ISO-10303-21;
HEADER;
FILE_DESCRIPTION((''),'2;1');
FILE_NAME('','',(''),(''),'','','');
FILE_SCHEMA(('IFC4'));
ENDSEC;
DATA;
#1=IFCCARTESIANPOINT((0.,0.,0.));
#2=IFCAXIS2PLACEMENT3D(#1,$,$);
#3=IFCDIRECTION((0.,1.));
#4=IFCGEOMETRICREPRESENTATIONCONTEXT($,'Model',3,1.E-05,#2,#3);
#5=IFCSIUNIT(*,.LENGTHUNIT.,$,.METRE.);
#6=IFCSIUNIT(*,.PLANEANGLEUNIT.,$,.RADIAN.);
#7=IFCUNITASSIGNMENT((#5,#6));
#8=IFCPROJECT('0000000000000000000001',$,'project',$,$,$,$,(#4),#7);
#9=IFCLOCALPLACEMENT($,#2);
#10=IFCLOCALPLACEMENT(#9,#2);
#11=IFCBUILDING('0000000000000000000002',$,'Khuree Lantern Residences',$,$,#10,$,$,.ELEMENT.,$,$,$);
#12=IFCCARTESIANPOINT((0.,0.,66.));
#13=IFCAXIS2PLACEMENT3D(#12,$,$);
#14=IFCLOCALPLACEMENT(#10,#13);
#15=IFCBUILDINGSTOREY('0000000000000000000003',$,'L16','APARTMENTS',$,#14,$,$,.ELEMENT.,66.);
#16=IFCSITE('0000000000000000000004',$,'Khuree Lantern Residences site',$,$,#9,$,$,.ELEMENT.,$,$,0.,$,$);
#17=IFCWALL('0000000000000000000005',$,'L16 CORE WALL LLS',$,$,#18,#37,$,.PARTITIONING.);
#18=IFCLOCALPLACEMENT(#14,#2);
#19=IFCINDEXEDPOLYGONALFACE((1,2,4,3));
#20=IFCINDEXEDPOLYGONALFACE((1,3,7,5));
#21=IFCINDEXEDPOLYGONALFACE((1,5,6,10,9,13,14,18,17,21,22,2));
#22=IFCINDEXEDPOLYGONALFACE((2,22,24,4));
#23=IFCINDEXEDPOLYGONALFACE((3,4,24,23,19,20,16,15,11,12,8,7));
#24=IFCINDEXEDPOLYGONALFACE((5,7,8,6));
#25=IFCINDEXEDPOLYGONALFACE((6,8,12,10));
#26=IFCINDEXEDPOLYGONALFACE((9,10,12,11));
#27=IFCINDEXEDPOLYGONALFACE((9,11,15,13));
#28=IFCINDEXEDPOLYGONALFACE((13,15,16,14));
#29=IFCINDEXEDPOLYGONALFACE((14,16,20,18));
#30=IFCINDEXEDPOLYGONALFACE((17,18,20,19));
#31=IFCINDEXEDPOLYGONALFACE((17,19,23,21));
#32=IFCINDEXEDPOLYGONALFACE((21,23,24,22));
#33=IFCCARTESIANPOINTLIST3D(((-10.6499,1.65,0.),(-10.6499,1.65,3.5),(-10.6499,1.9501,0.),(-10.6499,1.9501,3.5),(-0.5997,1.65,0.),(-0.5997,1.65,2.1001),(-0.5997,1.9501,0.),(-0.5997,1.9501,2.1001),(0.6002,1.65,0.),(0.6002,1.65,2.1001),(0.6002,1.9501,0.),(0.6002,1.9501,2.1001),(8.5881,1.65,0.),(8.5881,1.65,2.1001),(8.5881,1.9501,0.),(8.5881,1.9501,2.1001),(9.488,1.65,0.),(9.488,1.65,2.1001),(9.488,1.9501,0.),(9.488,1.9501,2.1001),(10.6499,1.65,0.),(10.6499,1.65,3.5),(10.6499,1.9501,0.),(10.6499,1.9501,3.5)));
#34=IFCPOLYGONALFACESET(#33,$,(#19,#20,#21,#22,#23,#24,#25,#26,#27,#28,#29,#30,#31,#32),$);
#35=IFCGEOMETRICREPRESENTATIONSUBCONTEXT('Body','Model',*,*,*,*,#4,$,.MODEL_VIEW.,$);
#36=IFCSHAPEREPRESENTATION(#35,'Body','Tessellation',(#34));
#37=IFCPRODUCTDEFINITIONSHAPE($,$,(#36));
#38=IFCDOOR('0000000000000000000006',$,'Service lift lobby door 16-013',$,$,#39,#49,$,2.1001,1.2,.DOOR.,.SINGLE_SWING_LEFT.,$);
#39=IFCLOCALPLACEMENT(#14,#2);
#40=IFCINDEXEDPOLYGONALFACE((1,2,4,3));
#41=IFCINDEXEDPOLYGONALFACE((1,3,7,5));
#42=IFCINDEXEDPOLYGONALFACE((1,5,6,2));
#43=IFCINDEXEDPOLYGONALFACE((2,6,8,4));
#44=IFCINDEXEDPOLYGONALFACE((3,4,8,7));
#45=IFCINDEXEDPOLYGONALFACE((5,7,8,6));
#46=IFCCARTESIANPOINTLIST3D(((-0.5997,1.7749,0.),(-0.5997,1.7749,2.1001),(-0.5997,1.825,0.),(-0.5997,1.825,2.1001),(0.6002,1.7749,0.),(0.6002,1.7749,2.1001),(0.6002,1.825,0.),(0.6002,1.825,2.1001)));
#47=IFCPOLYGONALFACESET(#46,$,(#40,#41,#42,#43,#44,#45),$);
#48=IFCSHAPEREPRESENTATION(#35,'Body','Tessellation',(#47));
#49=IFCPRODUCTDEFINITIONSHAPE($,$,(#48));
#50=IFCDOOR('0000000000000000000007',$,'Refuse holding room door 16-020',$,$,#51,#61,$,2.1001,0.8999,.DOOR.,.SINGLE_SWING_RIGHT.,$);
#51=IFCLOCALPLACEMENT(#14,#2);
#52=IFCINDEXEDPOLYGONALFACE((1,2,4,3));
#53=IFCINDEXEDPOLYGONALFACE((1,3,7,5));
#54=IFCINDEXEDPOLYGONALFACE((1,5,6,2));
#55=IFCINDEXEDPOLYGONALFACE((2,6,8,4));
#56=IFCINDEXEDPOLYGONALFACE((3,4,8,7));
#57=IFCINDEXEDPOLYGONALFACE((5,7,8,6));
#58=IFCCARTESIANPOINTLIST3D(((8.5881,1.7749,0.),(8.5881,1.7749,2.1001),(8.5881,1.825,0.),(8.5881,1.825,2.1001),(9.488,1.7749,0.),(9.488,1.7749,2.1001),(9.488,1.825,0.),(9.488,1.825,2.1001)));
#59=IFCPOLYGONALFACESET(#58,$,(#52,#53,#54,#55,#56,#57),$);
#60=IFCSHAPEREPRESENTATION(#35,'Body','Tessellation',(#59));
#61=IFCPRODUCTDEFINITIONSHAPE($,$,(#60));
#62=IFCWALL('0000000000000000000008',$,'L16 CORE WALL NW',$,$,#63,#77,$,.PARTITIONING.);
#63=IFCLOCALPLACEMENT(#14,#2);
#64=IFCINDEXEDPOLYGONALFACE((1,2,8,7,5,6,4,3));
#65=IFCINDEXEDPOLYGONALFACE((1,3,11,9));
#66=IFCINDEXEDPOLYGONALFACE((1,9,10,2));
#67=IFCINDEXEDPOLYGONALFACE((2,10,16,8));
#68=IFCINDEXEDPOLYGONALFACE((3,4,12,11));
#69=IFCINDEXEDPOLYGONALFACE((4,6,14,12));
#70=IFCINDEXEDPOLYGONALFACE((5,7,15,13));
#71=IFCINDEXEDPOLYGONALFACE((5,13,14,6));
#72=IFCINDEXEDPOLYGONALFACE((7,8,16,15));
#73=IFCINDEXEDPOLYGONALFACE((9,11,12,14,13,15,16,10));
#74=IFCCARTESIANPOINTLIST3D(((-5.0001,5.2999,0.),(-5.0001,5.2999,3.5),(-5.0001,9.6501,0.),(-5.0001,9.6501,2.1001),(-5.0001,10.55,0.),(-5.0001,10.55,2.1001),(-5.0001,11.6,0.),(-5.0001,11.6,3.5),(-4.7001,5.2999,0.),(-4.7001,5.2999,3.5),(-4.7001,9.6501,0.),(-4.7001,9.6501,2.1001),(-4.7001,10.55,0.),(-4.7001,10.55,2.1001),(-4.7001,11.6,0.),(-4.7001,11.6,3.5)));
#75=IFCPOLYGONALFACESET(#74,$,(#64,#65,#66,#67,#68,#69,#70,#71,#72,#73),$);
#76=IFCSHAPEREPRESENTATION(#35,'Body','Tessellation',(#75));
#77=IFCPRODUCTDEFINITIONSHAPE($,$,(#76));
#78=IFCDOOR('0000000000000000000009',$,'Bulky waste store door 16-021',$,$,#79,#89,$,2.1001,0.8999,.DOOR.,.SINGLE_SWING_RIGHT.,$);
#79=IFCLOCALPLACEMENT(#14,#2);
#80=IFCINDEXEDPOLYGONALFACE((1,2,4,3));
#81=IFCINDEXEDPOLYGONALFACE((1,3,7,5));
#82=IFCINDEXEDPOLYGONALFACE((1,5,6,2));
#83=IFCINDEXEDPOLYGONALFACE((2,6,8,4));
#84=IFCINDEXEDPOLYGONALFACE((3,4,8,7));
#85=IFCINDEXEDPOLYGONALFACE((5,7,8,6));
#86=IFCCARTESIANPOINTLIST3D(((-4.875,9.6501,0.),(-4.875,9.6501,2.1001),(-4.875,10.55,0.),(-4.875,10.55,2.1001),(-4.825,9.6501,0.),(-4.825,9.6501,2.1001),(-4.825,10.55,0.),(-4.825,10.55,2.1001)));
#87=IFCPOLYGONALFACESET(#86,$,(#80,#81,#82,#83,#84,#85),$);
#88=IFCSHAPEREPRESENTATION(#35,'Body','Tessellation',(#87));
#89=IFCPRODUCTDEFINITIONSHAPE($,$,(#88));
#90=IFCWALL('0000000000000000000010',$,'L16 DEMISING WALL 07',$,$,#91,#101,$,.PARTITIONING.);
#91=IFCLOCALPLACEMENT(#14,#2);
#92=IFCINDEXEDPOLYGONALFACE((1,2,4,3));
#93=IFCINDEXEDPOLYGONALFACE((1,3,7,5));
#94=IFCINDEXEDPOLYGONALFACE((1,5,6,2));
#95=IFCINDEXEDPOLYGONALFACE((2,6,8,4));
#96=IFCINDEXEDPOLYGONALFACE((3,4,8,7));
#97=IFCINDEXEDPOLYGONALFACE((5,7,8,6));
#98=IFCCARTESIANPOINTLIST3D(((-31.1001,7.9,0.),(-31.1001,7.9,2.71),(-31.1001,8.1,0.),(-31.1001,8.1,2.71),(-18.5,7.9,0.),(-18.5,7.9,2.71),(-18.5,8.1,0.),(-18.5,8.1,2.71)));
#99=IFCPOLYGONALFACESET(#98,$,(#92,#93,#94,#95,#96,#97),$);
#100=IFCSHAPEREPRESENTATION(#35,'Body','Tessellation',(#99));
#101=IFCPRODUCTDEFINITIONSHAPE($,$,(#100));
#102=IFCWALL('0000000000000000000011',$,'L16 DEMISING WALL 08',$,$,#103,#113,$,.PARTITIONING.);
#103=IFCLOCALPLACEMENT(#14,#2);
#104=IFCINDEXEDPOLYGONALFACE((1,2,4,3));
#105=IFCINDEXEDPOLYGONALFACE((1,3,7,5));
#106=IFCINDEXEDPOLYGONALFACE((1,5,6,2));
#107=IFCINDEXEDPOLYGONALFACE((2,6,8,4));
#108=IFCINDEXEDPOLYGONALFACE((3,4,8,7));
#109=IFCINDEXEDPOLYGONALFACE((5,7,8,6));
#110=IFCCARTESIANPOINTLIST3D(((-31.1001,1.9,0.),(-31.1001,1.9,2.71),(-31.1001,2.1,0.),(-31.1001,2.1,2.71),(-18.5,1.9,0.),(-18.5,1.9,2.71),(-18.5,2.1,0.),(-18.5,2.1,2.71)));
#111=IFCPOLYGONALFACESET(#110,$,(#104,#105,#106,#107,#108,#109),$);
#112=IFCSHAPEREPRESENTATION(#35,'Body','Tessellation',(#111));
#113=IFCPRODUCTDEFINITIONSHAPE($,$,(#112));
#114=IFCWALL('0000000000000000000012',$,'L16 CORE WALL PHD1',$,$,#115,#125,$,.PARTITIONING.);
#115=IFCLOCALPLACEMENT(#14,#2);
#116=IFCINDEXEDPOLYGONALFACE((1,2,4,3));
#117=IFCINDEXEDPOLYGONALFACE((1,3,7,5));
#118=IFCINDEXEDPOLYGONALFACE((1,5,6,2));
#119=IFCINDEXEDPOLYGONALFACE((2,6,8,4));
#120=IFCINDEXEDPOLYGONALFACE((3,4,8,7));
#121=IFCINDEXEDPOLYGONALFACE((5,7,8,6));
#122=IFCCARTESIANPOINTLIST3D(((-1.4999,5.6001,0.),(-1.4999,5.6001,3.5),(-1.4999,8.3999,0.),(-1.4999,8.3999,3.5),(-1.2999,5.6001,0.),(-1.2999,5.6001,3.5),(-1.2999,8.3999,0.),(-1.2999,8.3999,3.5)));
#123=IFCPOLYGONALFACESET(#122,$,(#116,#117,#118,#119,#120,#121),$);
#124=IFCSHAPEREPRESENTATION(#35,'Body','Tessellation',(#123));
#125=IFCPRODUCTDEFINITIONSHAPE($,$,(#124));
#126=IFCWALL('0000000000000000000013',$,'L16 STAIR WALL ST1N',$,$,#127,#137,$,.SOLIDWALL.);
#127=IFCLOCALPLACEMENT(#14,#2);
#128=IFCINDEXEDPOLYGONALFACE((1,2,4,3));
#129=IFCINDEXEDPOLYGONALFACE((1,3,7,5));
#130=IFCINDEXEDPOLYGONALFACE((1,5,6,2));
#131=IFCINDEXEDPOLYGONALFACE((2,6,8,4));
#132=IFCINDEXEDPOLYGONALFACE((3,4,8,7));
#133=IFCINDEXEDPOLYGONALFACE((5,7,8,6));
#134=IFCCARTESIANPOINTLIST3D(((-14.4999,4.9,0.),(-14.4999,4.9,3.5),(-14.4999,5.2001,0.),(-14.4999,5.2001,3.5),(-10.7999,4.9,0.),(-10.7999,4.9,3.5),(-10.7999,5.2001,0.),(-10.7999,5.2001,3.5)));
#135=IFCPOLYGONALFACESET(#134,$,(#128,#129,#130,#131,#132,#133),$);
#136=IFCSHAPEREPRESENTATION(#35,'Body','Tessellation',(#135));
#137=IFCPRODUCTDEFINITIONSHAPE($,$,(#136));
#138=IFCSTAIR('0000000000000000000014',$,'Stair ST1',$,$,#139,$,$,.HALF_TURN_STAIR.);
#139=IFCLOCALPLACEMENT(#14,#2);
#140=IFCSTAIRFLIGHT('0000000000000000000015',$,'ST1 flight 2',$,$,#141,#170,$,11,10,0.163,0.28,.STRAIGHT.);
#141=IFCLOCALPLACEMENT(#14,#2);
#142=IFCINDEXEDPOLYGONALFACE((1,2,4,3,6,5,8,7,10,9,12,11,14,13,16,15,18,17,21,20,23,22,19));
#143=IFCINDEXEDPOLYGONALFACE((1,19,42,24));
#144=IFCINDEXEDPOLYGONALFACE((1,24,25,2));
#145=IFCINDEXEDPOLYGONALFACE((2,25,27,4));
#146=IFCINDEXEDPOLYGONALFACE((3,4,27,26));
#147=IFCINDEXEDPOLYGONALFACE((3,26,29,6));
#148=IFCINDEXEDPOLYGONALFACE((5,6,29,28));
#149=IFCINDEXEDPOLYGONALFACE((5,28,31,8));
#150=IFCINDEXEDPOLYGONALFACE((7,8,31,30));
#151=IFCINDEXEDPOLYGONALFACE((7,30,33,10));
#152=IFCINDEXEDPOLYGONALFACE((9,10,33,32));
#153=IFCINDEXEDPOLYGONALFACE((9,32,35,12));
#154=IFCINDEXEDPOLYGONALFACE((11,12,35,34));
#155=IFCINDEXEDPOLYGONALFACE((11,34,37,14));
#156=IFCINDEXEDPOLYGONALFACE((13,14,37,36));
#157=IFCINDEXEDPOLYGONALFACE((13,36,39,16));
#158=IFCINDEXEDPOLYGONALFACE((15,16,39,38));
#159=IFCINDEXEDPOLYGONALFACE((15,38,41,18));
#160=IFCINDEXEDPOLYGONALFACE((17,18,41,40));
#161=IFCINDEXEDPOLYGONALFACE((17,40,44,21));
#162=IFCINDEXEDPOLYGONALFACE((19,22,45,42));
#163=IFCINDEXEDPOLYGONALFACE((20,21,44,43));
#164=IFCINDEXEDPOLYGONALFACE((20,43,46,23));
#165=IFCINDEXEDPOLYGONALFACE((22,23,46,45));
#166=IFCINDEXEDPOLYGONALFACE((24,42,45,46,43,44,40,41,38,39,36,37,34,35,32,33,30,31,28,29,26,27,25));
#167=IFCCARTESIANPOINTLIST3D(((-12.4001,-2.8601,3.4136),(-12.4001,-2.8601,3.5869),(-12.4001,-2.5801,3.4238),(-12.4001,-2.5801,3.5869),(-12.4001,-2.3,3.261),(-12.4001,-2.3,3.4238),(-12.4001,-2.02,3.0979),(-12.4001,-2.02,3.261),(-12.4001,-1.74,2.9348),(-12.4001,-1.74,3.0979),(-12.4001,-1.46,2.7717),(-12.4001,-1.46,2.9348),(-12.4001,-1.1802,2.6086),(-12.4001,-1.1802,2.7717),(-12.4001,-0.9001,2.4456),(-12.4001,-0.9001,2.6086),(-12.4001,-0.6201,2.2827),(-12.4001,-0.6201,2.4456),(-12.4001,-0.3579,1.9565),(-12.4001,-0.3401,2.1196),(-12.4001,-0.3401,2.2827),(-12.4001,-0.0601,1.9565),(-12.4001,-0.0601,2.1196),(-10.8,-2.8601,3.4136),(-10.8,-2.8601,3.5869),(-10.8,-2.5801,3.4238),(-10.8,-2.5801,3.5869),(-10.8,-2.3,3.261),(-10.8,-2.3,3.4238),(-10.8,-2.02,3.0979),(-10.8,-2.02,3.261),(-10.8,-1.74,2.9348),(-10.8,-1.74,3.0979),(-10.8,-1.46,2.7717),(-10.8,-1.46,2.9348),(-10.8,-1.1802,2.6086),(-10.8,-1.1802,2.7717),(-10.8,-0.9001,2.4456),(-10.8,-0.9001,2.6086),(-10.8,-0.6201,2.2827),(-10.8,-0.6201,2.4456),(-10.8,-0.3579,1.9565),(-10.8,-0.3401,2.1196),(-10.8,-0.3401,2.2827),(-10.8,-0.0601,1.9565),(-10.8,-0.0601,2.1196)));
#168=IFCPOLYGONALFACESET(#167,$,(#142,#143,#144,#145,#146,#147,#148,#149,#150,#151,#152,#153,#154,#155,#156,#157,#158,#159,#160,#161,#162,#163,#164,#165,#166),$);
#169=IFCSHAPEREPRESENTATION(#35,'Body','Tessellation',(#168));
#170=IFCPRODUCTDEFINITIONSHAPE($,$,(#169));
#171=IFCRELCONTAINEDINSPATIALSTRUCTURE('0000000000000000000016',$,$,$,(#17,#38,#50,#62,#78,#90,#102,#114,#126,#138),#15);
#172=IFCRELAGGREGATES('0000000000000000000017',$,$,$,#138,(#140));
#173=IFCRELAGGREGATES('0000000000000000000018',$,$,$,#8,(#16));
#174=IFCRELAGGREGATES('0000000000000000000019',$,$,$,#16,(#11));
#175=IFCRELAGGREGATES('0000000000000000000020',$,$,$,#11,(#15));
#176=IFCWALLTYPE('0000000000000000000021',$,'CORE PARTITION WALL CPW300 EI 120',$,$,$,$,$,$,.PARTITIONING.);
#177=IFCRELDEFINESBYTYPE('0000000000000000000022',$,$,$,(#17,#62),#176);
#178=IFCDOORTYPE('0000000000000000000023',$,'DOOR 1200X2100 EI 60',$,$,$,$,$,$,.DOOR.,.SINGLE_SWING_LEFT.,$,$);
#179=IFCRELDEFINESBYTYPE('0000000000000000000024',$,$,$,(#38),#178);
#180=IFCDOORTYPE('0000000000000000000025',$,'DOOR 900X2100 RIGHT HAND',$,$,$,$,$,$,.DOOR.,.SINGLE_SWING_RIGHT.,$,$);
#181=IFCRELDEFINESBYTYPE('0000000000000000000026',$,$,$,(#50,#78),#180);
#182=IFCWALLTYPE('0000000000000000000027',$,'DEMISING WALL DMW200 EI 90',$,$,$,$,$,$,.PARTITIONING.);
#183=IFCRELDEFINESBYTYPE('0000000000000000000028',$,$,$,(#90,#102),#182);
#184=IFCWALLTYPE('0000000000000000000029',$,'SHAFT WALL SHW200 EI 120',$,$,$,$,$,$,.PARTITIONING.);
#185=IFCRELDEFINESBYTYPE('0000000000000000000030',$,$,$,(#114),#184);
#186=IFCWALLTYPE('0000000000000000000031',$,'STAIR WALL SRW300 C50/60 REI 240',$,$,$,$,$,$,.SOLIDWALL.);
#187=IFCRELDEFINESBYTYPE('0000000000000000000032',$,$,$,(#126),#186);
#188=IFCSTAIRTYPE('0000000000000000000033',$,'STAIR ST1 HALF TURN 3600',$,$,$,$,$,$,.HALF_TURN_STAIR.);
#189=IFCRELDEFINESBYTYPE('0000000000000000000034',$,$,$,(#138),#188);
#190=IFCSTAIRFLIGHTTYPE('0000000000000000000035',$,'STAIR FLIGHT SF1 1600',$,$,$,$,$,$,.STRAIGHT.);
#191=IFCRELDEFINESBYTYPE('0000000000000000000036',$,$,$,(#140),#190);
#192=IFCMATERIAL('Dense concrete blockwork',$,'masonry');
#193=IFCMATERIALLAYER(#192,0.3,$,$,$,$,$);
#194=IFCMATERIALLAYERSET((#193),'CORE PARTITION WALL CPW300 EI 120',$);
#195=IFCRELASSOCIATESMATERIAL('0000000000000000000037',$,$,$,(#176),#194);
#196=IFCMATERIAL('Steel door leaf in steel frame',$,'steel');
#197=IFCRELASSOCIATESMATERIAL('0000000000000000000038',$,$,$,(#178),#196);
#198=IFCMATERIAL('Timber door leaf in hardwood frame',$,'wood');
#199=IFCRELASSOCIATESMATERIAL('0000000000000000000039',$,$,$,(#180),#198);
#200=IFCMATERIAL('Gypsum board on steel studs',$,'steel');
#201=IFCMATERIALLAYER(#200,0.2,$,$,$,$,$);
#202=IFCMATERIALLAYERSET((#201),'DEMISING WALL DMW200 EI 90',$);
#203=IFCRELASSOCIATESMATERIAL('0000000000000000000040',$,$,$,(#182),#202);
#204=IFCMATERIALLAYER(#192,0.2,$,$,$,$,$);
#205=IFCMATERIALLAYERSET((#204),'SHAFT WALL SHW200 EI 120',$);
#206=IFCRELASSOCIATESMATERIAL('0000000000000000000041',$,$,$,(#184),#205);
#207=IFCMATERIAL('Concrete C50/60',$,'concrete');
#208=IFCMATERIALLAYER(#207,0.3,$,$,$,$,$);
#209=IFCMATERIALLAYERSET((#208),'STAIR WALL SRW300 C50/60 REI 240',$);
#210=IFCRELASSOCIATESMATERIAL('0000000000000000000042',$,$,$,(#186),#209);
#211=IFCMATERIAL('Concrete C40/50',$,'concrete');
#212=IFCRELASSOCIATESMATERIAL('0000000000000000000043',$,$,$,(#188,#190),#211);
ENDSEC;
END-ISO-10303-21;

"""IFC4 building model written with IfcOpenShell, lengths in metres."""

from ifc_helpers import new_model, si_unit, direction, frame, frame_2d, origin, place, context, subcontext, project, spatial, polyline, rectangle, outline, extrude, material, layer, layer_set, type_object, element, fill, aggregate, save


model = new_model("IFC4")

# Units and contexts
model_context = context("Model", 3, precision=1e-05, world=origin(), true_north=direction((0.0, 1.0)))
body_context = subcontext(model_context, "Body", "Model", "MODEL_VIEW")
ifc_project = project(units=[si_unit("LENGTHUNIT", "METRE"), si_unit("PLANEANGLEUNIT", "RADIAN")], contexts=[model_context])

# Site, building, storey
site_placement = place(None, origin())
site = spatial("IfcSite", under=ifc_project, at=site_placement, Name="Khuree Lantern Residences site", CompositionType="ELEMENT", RefElevation=0.0)
building_placement = place(site_placement, origin())
building = spatial("IfcBuilding", under=site, at=building_placement, Name="Khuree Lantern Residences", CompositionType="ELEMENT")
storey_placement = place(building_placement, frame((0.0, 0.0, 66.0)))
storey = spatial("IfcBuildingStorey", under=building, at=storey_placement, Name="L16", Description="APARTMENTS", CompositionType="ELEMENT", Elevation=66.0)

# Shared definitions
ifc_material_1 = material(Name="Dense concrete blockwork", Category="masonry")
ifc_layer_1 = layer(ifc_material_1, 0.3)
ifc_layer_set_1 = layer_set([ifc_layer_1], Name="CORE PARTITION WALL CPW300 EI 120")
wall_type_1 = type_object("IfcWallType", Name="CORE PARTITION WALL CPW300 EI 120", PredefinedType="PARTITIONING", material=ifc_layer_set_1)

# Wall, openings, doors
wall_1_placement = place(storey_placement, frame((-10.6499, 1.8, 0.0), z_axis=(0.0, 0.0, 1.0), x_axis=(1.0, 0.0, 0.0)))
wall_1 = element("IfcWall", 1, at=wall_1_placement, inside=storey, type_object=wall_type_1, Name="L16 CORE WALL LLS", PredefinedType="PARTITIONING", context=body_context, shape_type="SweptSolid", body=[
    extrude(rectangle(XDim=21.2998, YDim=0.3, at=frame_2d((10.6499, 0.0))), origin(), (0.0, 0.0, 1.0), 3.5),
])
opening_1_placement = place(wall_1_placement, frame((10.05, 0.0, 0.0)))
opening_1 = element("IfcOpeningElement", 2, at=opening_1_placement, cuts=wall_1, PredefinedType="OPENING", context=body_context, shape_type="SweptSolid", body=[
    extrude(rectangle(XDim=1.2, YDim=2.1001, at=frame_2d((0.6001, 1.05))), frame((0.0, 0.1602, 0.0), z_axis=(0.0, -1.0, 0.0), x_axis=(1.0, 0.0, 0.0)), (0.0, 0.0, 1.0), 0.3201),
])
opening_2_placement = place(wall_1_placement, frame((19.238, 0.0, 0.0)))
opening_2 = element("IfcOpeningElement", 3, at=opening_2_placement, cuts=wall_1, PredefinedType="OPENING", context=body_context, shape_type="SweptSolid", body=[
    extrude(rectangle(XDim=0.8999, YDim=2.1001, at=frame_2d((0.45, 1.05))), frame((0.0, 0.1602, 0.0), z_axis=(0.0, -1.0, 0.0), x_axis=(1.0, 0.0, 0.0)), (0.0, 0.0, 1.0), 0.3201),
])
ifc_material_2 = material(Name="Steel door leaf in steel frame", Category="steel")
door_type_1 = type_object("IfcDoorType", Name="DOOR 1200X2100 EI 60", OperationType="SINGLE_SWING_LEFT", PredefinedType="DOOR", material=ifc_material_2)
door_1_placement = place(opening_1_placement, origin())
door_1 = element("IfcDoor", 4, at=door_1_placement, inside=storey, type_object=door_type_1, Name="Service lift lobby door 16-013", OperationType="SINGLE_SWING_LEFT", OverallHeight=2.1001, OverallWidth=1.2, PredefinedType="DOOR", context=body_context, shape_type="SweptSolid", body=[
    extrude(rectangle(XDim=1.2, YDim=2.1001, at=frame_2d((0.6001, 1.05))), frame((0.0, 0.0249, 0.0), z_axis=(0.0, -1.0, 0.0), x_axis=(1.0, 0.0, 0.0)), (0.0, 0.0, 1.0), 0.05),
])
fill(opening_1, door_1)
ifc_material_3 = material(Name="Timber door leaf in hardwood frame", Category="wood")
door_type_2 = type_object("IfcDoorType", Name="DOOR 900X2100 RIGHT HAND", OperationType="SINGLE_SWING_RIGHT", PredefinedType="DOOR", material=ifc_material_3)
door_2_placement = place(opening_2_placement, origin())
door_2 = element("IfcDoor", 5, at=door_2_placement, inside=storey, type_object=door_type_2, Name="Refuse holding room door 16-020", OperationType="SINGLE_SWING_RIGHT", OverallHeight=2.1001, OverallWidth=0.8999, PredefinedType="DOOR", context=body_context, shape_type="SweptSolid", body=[
    extrude(rectangle(XDim=0.8999, YDim=2.1001, at=frame_2d((0.45, 1.05))), frame((0.0, 0.0249, 0.0), z_axis=(0.0, -1.0, 0.0), x_axis=(1.0, 0.0, 0.0)), (0.0, 0.0, 1.0), 0.05),
])
fill(opening_2, door_2)

# Wall, opening, door
wall_2_placement = place(storey_placement, frame((-4.8501, 5.3, 0.0), z_axis=(0.0, 0.0, 1.0), x_axis=(0.0, 1.0, 0.0)))
wall_2 = element("IfcWall", 6, at=wall_2_placement, inside=storey, type_object=wall_type_1, Name="L16 CORE WALL NW", PredefinedType="PARTITIONING", context=body_context, shape_type="SweptSolid", body=[
    extrude(rectangle(XDim=6.3, YDim=0.3, at=frame_2d((3.1499, 0.0))), origin(), (0.0, 0.0, 1.0), 3.5),
])
opening_3_placement = place(wall_2_placement, frame((4.3501, 0.0, 0.0)))
opening_3 = element("IfcOpeningElement", 7, at=opening_3_placement, cuts=wall_2, PredefinedType="OPENING", context=body_context, shape_type="SweptSolid", body=[
    extrude(rectangle(XDim=0.8999, YDim=2.1001, at=frame_2d((0.45, 1.05))), frame((0.0, 0.1602, 0.0), z_axis=(0.0, -1.0, 0.0), x_axis=(1.0, 0.0, 0.0)), (0.0, 0.0, 1.0), 0.3201),
])
door_3_placement = place(opening_3_placement, origin())
door_3 = element("IfcDoor", 8, at=door_3_placement, inside=storey, type_object=door_type_2, Name="Bulky waste store door 16-021", OperationType="SINGLE_SWING_RIGHT", OverallHeight=2.1001, OverallWidth=0.8999, PredefinedType="DOOR", context=body_context, shape_type="SweptSolid", body=[
    extrude(rectangle(XDim=0.8999, YDim=2.1001, at=frame_2d((0.45, 1.05))), frame((0.0, 0.0249, 0.0), z_axis=(0.0, -1.0, 0.0), x_axis=(1.0, 0.0, 0.0)), (0.0, 0.0, 1.0), 0.05),
])
fill(opening_3, door_3)

# Walls
ifc_material_4 = material(Name="Gypsum board on steel studs", Category="steel")
ifc_layer_2 = layer(ifc_material_4, 0.2)
ifc_layer_set_2 = layer_set([ifc_layer_2], Name="DEMISING WALL DMW200 EI 90")
wall_type_2 = type_object("IfcWallType", Name="DEMISING WALL DMW200 EI 90", PredefinedType="PARTITIONING", material=ifc_layer_set_2)
for number, where, z_axis, x_axis, name in (
    (9, (-18.5, 8.0, 0.0), (0.0, 0.0, 1.0), (-1.0, 0.0, 0.0), "L16 DEMISING WALL 07"),
    (10, (-18.5, 2.0, 0.0), (0.0, 0.0, 1.0), (-1.0, 0.0, 0.0), "L16 DEMISING WALL 08"),
):
    element("IfcWall", number, at=place(storey_placement, frame(where, z_axis=z_axis, x_axis=x_axis)), inside=storey, type_object=wall_type_2, Name=name, PredefinedType="PARTITIONING", context=body_context, shape_type="SweptSolid", body=[
        extrude(rectangle(XDim=12.6001, YDim=0.2, at=frame_2d((6.3, 0.0))), origin(), (0.0, 0.0, 1.0), 2.71),
    ])
ifc_layer_3 = layer(ifc_material_1, 0.2)
ifc_layer_set_3 = layer_set([ifc_layer_3], Name="SHAFT WALL SHW200 EI 120")
wall_type_3 = type_object("IfcWallType", Name="SHAFT WALL SHW200 EI 120", PredefinedType="PARTITIONING", material=ifc_layer_set_3)
wall_3_placement = place(storey_placement, frame((-1.3999, 5.6001, 0.0), z_axis=(0.0, 0.0, 1.0), x_axis=(0.0, 1.0, 0.0)))
element("IfcWall", 11, at=wall_3_placement, inside=storey, type_object=wall_type_3, Name="L16 CORE WALL PHD1", PredefinedType="PARTITIONING", context=body_context, shape_type="SweptSolid", body=[
    extrude(rectangle(XDim=2.7998, YDim=0.2, at=frame_2d((1.3999, 0.0))), origin(), (0.0, 0.0, 1.0), 3.5),
])
ifc_material_5 = material(Name="Concrete C50/60", Category="concrete")
ifc_layer_4 = layer(ifc_material_5, 0.3)
ifc_layer_set_4 = layer_set([ifc_layer_4], Name="STAIR WALL SRW300 C50/60 REI 240")
wall_type_4 = type_object("IfcWallType", Name="STAIR WALL SRW300 C50/60 REI 240", PredefinedType="SOLIDWALL", material=ifc_layer_set_4)
wall_4_placement = place(storey_placement, frame((-14.5, 5.05, 0.0), z_axis=(0.0, 0.0, 1.0), x_axis=(1.0, 0.0, 0.0)))
element("IfcWall", 12, at=wall_4_placement, inside=storey, type_object=wall_type_4, Name="L16 STAIR WALL ST1N", PredefinedType="SOLIDWALL", context=body_context, shape_type="SweptSolid", body=[
    extrude(rectangle(XDim=3.7, YDim=0.3, at=frame_2d((1.8501, 0.0))), origin(), (0.0, 0.0, 1.0), 3.5),
])

# Stair, stair flight
ifc_material_6 = material(Name="Concrete C40/50", Category="concrete")
stair_type = type_object("IfcStairType", Name="STAIR ST1 HALF TURN 3600", PredefinedType="HALF_TURN_STAIR", material=ifc_material_6)
stair_placement = place(storey_placement, origin())
stair = element("IfcStair", 13, at=stair_placement, inside=storey, type_object=stair_type, Name="Stair ST1", PredefinedType="HALF_TURN_STAIR")
stair_flight_type = type_object("IfcStairFlightType", Name="STAIR FLIGHT SF1 1600", PredefinedType="STRAIGHT", material=ifc_material_6)
stair_flight_placement = place(storey_placement, frame((-11.6001, -0.0601, 1.9565), z_axis=(0.0, 0.0, 1.0), x_axis=(0.0, -1.0, 0.0)))
stair_flight = element("IfcStairFlight", 14, at=stair_flight_placement, type_object=stair_flight_type, Name="ST1 flight 2", NumberOfRisers=11, NumberOfTreads=10, PredefinedType="STRAIGHT", RiserHeight=0.163, TreadLength=0.28, context=body_context, shape_type="SweptSolid", body=[
    extrude(outline(polyline([(0.0, 0.0), (0.0, 0.1631), (0.28, 0.1631), (0.28, 0.3262), (0.5601, 0.3262), (0.5601, 0.489), (0.8401, 0.489), (0.8401, 0.6521), (1.1201, 0.6521), (1.1201, 0.8152), (1.3999, 0.8152), (1.3999, 0.9783), (1.6799, 0.9783), (1.6799, 1.1414), (1.96, 1.1414), (1.96, 1.3044), (2.24, 1.3044), (2.24, 1.4673), (2.52, 1.4673), (2.52, 1.6304), (2.8, 1.6304), (2.8, 1.7935), (2.8, 1.457), (0.2979, 0.0), (0.0, 0.0)])), frame((0.0, 0.8, 0.0), z_axis=(0.0, -1.0, 0.0), x_axis=(1.0, 0.0, 0.0)), (0.0, 0.0, 1.0), 1.6001),
])
aggregate(stair, [stair_flight])

save(model, "model.ifc")
